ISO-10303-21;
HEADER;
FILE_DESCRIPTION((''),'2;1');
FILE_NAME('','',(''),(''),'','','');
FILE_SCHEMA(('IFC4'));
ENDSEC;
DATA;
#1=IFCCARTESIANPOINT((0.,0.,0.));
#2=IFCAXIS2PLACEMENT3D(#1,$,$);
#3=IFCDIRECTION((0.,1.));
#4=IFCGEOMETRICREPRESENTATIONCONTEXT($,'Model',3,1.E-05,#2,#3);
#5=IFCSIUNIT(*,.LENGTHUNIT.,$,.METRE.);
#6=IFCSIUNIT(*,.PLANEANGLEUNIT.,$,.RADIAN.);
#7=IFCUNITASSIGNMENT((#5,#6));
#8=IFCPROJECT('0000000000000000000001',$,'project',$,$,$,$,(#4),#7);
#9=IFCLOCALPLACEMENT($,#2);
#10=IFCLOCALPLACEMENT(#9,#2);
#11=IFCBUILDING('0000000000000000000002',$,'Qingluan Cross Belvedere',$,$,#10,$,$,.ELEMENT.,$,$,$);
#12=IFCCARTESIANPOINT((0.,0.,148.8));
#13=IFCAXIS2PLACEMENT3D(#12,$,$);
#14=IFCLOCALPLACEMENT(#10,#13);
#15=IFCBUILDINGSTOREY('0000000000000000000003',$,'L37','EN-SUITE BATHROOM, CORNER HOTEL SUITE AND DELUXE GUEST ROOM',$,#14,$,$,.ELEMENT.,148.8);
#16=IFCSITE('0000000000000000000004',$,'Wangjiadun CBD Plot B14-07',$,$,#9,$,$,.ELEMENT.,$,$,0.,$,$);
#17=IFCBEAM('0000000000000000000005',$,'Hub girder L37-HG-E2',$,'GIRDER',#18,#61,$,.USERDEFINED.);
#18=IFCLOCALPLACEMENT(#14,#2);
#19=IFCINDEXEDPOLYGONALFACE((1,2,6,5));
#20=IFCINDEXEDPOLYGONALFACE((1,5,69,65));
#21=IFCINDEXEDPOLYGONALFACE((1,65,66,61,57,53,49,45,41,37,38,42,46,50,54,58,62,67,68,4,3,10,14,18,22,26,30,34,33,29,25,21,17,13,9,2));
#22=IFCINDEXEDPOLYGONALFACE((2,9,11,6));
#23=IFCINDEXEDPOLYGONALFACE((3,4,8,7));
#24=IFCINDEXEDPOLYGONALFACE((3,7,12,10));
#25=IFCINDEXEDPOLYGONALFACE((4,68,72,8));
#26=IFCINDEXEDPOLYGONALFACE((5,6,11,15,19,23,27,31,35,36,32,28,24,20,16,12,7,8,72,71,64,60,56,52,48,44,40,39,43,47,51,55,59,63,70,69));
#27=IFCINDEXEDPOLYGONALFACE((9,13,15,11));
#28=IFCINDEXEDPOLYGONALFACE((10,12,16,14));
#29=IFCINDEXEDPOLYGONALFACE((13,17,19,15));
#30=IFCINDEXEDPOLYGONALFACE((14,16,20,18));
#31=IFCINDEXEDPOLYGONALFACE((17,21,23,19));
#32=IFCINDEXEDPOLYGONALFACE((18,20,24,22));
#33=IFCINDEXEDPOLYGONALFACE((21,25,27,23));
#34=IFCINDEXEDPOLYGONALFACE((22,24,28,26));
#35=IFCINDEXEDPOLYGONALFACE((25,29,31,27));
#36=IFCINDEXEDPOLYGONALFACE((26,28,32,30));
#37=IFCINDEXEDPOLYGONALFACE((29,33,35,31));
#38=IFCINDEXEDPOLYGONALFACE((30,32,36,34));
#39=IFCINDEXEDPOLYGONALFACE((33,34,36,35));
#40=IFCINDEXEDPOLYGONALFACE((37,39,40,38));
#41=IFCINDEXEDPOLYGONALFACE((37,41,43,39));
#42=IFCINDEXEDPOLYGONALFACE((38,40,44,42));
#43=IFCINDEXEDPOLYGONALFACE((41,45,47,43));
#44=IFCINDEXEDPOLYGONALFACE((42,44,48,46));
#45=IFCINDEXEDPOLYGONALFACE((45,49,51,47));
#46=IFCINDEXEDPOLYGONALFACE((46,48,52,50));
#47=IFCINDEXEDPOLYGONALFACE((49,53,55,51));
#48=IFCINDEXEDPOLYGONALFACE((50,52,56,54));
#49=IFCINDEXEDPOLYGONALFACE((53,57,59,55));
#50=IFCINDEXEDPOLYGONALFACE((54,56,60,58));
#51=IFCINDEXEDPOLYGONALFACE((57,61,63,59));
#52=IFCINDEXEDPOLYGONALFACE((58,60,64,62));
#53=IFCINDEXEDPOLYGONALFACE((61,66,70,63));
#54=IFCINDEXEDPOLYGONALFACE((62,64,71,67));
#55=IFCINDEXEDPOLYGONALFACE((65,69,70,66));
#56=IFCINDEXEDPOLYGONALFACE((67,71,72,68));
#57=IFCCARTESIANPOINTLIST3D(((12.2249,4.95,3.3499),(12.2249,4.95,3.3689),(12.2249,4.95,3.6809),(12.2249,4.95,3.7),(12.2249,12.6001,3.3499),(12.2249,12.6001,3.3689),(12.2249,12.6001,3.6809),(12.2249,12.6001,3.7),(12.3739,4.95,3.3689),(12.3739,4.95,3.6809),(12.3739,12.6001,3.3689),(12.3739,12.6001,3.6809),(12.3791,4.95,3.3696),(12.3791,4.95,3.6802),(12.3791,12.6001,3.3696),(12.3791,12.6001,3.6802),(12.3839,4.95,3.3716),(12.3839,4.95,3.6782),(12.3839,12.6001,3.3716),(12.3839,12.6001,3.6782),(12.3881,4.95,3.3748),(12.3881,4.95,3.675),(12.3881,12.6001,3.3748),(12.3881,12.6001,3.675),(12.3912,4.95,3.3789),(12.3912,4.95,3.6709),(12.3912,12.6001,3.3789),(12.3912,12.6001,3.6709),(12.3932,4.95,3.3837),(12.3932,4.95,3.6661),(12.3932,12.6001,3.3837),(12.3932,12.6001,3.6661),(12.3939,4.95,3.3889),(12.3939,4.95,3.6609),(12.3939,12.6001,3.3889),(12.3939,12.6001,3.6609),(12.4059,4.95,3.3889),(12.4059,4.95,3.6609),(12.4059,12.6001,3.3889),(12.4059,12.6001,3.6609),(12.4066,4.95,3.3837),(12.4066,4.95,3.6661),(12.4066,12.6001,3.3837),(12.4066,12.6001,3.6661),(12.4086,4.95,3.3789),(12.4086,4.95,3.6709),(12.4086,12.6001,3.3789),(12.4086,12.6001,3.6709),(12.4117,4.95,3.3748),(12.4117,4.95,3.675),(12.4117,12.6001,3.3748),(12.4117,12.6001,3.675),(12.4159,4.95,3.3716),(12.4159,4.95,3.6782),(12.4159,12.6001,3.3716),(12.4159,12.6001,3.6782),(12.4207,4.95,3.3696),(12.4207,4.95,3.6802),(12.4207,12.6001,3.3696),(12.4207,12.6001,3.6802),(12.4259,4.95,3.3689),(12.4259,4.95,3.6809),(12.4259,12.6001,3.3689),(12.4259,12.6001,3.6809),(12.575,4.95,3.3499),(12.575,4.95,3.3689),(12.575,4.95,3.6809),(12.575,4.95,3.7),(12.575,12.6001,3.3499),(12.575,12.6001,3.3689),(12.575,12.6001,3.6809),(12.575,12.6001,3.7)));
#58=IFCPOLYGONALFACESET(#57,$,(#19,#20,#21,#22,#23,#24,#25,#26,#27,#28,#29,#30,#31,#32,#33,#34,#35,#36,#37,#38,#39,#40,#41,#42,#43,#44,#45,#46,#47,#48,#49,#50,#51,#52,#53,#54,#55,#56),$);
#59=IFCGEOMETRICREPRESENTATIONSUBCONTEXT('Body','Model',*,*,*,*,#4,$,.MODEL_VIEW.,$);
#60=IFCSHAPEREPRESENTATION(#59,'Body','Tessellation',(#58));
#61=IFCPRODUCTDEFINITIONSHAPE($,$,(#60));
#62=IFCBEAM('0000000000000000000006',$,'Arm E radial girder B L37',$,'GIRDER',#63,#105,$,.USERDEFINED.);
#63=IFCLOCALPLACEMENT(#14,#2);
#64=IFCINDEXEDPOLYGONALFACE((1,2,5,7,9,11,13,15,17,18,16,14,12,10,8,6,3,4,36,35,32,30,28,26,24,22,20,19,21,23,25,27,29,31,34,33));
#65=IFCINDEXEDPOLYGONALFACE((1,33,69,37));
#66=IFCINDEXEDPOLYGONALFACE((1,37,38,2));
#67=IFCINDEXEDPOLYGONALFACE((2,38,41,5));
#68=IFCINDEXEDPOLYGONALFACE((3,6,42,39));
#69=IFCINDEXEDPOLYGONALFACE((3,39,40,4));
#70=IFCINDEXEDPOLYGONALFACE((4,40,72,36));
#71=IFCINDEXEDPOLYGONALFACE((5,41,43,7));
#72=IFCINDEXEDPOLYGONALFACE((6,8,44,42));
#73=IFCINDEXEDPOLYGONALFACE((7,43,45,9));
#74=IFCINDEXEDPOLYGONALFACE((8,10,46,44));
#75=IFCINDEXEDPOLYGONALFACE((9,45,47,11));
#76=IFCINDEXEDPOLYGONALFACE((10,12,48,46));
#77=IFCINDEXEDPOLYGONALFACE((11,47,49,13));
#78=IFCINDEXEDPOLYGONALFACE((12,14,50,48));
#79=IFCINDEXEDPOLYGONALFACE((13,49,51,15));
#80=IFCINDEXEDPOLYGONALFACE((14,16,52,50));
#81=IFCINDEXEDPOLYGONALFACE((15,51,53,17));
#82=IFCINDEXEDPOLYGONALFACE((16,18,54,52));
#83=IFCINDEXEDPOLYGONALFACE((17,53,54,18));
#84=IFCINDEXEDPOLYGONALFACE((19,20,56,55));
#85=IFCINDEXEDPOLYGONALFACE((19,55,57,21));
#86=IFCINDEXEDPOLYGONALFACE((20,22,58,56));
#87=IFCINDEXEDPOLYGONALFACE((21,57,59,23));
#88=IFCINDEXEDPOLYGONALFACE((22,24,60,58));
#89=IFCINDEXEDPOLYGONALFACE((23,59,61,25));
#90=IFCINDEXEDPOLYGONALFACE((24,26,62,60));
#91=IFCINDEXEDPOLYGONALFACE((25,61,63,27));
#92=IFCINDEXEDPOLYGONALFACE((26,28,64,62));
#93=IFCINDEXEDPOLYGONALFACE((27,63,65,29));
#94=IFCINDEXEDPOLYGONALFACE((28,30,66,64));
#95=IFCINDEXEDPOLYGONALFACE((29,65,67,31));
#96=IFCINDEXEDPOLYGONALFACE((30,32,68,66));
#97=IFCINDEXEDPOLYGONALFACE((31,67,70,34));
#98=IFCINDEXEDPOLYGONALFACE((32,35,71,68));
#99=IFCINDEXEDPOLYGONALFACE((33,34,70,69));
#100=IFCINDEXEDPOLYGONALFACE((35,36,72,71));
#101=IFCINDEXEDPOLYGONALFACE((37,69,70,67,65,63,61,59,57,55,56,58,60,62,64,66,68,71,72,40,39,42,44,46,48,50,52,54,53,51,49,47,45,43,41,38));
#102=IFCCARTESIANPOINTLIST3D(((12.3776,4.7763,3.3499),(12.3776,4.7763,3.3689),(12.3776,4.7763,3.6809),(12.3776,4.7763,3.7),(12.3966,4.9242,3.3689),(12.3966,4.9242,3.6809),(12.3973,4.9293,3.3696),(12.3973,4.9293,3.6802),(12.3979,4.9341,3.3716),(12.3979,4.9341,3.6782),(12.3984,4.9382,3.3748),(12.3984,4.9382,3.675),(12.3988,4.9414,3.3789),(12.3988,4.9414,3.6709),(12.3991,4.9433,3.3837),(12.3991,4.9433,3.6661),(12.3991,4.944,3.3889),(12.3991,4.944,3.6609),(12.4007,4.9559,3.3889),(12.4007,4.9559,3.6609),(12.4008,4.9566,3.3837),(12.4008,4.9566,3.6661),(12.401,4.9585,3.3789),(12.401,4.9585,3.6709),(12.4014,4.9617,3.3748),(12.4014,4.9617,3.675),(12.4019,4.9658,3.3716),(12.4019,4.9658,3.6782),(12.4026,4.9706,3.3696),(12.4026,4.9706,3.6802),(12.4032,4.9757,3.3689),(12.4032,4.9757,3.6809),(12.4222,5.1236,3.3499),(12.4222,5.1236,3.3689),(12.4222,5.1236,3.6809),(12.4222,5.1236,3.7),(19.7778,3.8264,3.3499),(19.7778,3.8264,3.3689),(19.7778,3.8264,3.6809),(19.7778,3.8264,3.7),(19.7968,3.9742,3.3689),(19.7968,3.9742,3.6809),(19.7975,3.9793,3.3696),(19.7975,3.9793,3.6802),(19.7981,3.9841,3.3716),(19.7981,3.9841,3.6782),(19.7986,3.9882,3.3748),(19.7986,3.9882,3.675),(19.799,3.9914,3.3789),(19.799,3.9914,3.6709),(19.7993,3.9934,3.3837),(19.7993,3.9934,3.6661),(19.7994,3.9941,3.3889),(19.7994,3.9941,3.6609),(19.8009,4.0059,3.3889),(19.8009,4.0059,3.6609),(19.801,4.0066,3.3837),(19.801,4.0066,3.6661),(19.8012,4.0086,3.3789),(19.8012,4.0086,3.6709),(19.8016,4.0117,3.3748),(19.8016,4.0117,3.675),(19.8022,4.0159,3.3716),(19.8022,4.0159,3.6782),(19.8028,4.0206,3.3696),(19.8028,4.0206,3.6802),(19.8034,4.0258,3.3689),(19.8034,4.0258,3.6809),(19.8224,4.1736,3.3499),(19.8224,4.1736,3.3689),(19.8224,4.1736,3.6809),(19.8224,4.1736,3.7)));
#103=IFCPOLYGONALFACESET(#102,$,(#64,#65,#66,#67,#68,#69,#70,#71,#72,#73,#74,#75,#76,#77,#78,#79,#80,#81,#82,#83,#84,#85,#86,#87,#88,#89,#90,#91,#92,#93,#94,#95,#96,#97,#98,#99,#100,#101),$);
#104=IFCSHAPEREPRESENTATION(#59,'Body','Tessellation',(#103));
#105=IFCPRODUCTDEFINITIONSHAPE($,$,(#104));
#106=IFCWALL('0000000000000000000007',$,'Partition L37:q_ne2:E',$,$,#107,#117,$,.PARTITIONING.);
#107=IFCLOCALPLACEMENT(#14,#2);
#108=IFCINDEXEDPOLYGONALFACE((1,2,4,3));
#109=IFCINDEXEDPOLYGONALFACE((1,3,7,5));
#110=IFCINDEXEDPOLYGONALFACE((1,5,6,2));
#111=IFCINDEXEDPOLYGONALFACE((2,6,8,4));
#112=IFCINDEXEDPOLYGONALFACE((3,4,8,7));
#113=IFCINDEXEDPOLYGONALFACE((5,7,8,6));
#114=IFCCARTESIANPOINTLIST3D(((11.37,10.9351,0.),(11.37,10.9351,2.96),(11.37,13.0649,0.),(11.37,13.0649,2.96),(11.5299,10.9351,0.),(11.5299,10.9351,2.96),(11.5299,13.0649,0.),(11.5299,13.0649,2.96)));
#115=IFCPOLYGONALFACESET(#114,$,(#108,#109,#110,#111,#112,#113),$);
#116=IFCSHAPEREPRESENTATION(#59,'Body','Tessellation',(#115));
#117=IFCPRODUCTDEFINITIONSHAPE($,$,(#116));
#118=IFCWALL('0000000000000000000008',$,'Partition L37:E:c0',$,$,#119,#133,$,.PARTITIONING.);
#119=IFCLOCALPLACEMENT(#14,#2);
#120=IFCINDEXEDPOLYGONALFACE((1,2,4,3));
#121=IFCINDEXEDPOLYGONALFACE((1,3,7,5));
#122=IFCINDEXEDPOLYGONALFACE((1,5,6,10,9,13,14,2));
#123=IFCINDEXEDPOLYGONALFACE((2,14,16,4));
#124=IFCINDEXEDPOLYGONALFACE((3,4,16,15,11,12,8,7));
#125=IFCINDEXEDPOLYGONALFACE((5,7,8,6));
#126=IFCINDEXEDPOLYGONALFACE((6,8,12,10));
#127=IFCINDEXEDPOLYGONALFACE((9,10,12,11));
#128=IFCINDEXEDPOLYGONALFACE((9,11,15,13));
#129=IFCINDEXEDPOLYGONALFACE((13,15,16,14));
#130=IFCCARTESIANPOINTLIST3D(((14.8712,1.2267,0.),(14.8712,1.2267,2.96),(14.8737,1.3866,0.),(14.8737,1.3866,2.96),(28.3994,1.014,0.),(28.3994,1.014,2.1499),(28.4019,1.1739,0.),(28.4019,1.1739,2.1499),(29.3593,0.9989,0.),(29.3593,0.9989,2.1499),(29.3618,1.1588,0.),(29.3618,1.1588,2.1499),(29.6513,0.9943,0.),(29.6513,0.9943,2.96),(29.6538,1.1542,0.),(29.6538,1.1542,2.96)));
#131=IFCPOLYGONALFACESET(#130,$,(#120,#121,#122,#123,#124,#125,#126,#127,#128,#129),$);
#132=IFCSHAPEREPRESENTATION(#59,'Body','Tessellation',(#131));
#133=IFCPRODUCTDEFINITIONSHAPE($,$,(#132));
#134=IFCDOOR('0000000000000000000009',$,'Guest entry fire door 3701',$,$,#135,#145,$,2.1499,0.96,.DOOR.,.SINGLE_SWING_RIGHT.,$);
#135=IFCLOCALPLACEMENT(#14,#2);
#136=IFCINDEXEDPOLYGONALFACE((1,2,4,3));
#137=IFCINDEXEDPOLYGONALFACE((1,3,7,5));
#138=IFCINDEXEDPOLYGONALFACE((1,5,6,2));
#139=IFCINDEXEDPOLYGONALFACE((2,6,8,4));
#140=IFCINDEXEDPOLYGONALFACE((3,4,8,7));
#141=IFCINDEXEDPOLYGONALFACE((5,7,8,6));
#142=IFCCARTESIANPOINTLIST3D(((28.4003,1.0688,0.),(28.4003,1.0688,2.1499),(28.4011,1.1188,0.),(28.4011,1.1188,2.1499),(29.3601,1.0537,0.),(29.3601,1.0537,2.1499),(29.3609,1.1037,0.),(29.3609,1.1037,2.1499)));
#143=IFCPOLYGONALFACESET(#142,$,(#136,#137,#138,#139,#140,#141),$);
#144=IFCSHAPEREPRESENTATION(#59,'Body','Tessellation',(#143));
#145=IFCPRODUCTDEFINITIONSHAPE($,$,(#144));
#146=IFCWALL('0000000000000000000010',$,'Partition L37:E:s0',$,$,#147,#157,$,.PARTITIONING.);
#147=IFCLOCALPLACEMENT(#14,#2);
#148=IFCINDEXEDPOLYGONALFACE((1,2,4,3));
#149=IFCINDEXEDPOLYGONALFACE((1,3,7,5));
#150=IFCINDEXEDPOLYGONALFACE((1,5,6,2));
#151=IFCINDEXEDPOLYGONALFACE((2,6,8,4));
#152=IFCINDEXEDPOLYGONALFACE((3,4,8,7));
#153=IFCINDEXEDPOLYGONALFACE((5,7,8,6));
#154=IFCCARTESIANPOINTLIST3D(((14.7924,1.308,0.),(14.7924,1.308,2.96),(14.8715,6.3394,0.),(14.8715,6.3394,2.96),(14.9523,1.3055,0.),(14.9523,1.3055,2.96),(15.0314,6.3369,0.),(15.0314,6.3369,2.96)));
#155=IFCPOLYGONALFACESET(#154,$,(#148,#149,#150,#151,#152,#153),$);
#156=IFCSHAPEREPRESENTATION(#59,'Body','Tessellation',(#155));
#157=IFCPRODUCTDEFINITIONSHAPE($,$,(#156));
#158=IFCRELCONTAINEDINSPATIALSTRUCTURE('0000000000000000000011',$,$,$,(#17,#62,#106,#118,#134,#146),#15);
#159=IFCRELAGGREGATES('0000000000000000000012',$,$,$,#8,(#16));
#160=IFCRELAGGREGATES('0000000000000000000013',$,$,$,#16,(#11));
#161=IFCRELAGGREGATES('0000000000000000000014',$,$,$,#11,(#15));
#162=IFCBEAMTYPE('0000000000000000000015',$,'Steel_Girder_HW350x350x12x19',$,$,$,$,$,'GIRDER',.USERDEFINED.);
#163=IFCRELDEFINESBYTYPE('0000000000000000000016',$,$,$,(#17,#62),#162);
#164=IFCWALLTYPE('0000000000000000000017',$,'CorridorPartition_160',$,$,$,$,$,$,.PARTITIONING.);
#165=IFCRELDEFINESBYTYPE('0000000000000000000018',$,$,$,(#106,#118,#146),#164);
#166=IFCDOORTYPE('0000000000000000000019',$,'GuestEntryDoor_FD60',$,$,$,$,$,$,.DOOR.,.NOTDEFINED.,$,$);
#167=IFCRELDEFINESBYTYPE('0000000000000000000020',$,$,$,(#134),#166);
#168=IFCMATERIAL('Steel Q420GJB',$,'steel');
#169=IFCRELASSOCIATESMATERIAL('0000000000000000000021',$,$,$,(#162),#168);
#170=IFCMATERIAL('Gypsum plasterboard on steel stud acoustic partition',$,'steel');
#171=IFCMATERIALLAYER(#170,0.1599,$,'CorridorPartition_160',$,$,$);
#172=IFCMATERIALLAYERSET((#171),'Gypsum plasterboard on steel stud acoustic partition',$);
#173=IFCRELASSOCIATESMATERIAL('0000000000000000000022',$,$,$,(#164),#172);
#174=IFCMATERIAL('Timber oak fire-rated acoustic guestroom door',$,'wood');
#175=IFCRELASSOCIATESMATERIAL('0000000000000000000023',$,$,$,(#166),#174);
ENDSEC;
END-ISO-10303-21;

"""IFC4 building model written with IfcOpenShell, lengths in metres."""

from ifc_helpers import new_model, si_unit, direction, frame, frame_2d, origin, origin_2d, place, context, subcontext, project, spatial, rectangle, i_section, extrude, material, layer, layer_set, material_profile, profile_set, type_object, element, fill, save


model = new_model("IFC4")

# Units and contexts
model_context = context("Model", 3, precision=1e-05, world=origin(), true_north=direction((0.0, 1.0)))
body_context = subcontext(model_context, "Body", "Model", "MODEL_VIEW")
ifc_project = project(units=[si_unit("LENGTHUNIT", "METRE"), si_unit("PLANEANGLEUNIT", "RADIAN")], contexts=[model_context])

# Site, building, storey
site_placement = place(None, origin())
site = spatial("IfcSite", under=ifc_project, at=site_placement, Name="Wangjiadun CBD Plot B14-07", CompositionType="ELEMENT", RefElevation=0.0)
building_placement = place(site_placement, origin())
building = spatial("IfcBuilding", under=site, at=building_placement, Name="Qingluan Cross Belvedere", CompositionType="ELEMENT")
storey_placement = place(building_placement, frame((0.0, 0.0, 148.8)))
storey = spatial("IfcBuildingStorey", under=building, at=storey_placement, Name="L37", Description="EN-SUITE BATHROOM, CORNER HOTEL SUITE AND DELUXE GUEST ROOM", CompositionType="ELEMENT", Elevation=148.8)

# Beams
ifc_material_1 = material(Name="Steel Q420GJB", Category="steel")
ifc_material_profile_1 = material_profile(ifc_material_1, i_section(OverallWidth=0.3501, OverallDepth=0.3501, WebThickness=0.012, FlangeThickness=0.019, FilletRadius=0.02, at=origin_2d()), Name="HW350x350x12x19")
ifc_profile_set_1 = profile_set([ifc_material_profile_1], Name="Steel Q420GJB")
beam_type_1 = type_object("IfcBeamType", Name="Steel_Girder_HW350x350x12x19", ElementType="GIRDER", PredefinedType="USERDEFINED", material=ifc_profile_set_1)
beam_1_placement = place(storey_placement, frame((12.3999, 4.95, 3.5249), z_axis=(0.0, 1.0, 0.0), x_axis=(-1.0, 0.0, 0.0)))
element("IfcBeam", 1, at=beam_1_placement, inside=storey, type_object=beam_type_1, Name="Hub girder L37-HG-E2", ObjectType="GIRDER", PredefinedType="USERDEFINED", context=body_context, shape_type="SweptSolid", body=[
    extrude(i_section(OverallWidth=0.3501, OverallDepth=0.3501, WebThickness=0.012, FlangeThickness=0.019, FilletRadius=0.02, at=origin_2d()), origin(), (0.0, 0.0, 1.0), 7.6501),
])
beam_2_placement = place(storey_placement, frame((12.3999, 4.95, 3.5249), z_axis=(0.991861, -0.127324, 0.0), x_axis=(0.127324, 0.991861, 0.0)))
element("IfcBeam", 2, at=beam_2_placement, inside=storey, type_object=beam_type_1, Name="Arm E radial girder B L37", ObjectType="GIRDER", PredefinedType="USERDEFINED", context=body_context, shape_type="SweptSolid", body=[
    extrude(i_section(OverallWidth=0.3501, OverallDepth=0.3501, WebThickness=0.012, FlangeThickness=0.019, FilletRadius=0.02, at=origin_2d()), origin(), (0.0, 0.0, 1.0), 7.4609),
])

# Wall
ifc_material_2 = material(Name="Gypsum plasterboard on steel stud acoustic partition", Category="steel")
ifc_layer_1 = layer(ifc_material_2, 0.1599, Name="CorridorPartition_160")
ifc_layer_set_1 = layer_set([ifc_layer_1], Name="Gypsum plasterboard on steel stud acoustic partition")
wall_type_1 = type_object("IfcWallType", Name="CorridorPartition_160", PredefinedType="PARTITIONING", material=ifc_layer_set_1)
wall_1_placement = place(storey_placement, frame((11.45, 10.9351, 0.0), z_axis=(0.0, 0.0, 1.0), x_axis=(0.0, 1.0, 0.0)))
element("IfcWall", 3, at=wall_1_placement, inside=storey, type_object=wall_type_1, Name="Partition L37:q_ne2:E", PredefinedType="PARTITIONING", context=body_context, shape_type="SweptSolid", body=[
    extrude(rectangle(XDim=2.1299, YDim=0.1599, at=frame_2d((1.0649, 0.0))), origin(), (0.0, 0.0, 1.0), 2.96),
])

# Wall, opening, door
wall_2_placement = place(storey_placement, frame((14.8723, 1.3066, 0.0), z_axis=(0.0, 0.0, 1.0), x_axis=(0.999876, -0.015723, 0.0)))
wall_2 = element("IfcWall", 4, at=wall_2_placement, inside=storey, type_object=wall_type_1, Name="Partition L37:E:c0", PredefinedType="PARTITIONING", context=body_context, shape_type="SweptSolid", body=[
    extrude(rectangle(XDim=14.782, YDim=0.1599, at=frame_2d((7.3911, 0.0))), origin(), (0.0, 0.0, 1.0), 2.96),
])
opening_1_placement = place(wall_2_placement, frame((13.53, 0.0, 0.0)))
opening_1 = element("IfcOpeningElement", 5, at=opening_1_placement, cuts=wall_2, PredefinedType="OPENING", context=body_context, shape_type="SweptSolid", body=[
    extrude(rectangle(XDim=0.96, YDim=2.1499, at=frame_2d((0.48, 1.075))), frame((0.0, 0.0898, 0.0), z_axis=(0.0, -1.0, 0.0), x_axis=(1.0, 0.0, 0.0)), (0.0, 0.0, 1.0), 0.1799),
])
ifc_material_3 = material(Name="Timber oak fire-rated acoustic guestroom door", Category="wood")
door_type_1 = type_object("IfcDoorType", Name="GuestEntryDoor_FD60", OperationType="NOTDEFINED", PredefinedType="DOOR", material=ifc_material_3)
door_1_placement = place(opening_1_placement, origin())
door_1 = element("IfcDoor", 6, at=door_1_placement, inside=storey, type_object=door_type_1, Name="Guest entry fire door 3701", OperationType="SINGLE_SWING_RIGHT", OverallHeight=2.1499, OverallWidth=0.96, PredefinedType="DOOR", context=body_context, shape_type="SweptSolid", body=[
    extrude(rectangle(XDim=0.96, YDim=2.1499, at=frame_2d((0.48, 1.075))), frame((0.0, 0.0249, 0.0), z_axis=(0.0, -1.0, 0.0), x_axis=(1.0, 0.0, 0.0)), (0.0, 0.0, 1.0), 0.05),
])
fill(opening_1, door_1)

# Wall
wall_3_placement = place(storey_placement, frame((14.8723, 1.3066, 0.0), z_axis=(0.0, 0.0, 1.0), x_axis=(0.01572, 0.999876, 0.0)))
element("IfcWall", 7, at=wall_3_placement, inside=storey, type_object=wall_type_1, Name="Partition L37:E:s0", PredefinedType="PARTITIONING", context=body_context, shape_type="SweptSolid", body=[
    extrude(rectangle(XDim=5.032, YDim=0.1599, at=frame_2d((2.5161, 0.0))), origin(), (0.0, 0.0, 1.0), 2.96),
])

save(model, "model.ifc")
